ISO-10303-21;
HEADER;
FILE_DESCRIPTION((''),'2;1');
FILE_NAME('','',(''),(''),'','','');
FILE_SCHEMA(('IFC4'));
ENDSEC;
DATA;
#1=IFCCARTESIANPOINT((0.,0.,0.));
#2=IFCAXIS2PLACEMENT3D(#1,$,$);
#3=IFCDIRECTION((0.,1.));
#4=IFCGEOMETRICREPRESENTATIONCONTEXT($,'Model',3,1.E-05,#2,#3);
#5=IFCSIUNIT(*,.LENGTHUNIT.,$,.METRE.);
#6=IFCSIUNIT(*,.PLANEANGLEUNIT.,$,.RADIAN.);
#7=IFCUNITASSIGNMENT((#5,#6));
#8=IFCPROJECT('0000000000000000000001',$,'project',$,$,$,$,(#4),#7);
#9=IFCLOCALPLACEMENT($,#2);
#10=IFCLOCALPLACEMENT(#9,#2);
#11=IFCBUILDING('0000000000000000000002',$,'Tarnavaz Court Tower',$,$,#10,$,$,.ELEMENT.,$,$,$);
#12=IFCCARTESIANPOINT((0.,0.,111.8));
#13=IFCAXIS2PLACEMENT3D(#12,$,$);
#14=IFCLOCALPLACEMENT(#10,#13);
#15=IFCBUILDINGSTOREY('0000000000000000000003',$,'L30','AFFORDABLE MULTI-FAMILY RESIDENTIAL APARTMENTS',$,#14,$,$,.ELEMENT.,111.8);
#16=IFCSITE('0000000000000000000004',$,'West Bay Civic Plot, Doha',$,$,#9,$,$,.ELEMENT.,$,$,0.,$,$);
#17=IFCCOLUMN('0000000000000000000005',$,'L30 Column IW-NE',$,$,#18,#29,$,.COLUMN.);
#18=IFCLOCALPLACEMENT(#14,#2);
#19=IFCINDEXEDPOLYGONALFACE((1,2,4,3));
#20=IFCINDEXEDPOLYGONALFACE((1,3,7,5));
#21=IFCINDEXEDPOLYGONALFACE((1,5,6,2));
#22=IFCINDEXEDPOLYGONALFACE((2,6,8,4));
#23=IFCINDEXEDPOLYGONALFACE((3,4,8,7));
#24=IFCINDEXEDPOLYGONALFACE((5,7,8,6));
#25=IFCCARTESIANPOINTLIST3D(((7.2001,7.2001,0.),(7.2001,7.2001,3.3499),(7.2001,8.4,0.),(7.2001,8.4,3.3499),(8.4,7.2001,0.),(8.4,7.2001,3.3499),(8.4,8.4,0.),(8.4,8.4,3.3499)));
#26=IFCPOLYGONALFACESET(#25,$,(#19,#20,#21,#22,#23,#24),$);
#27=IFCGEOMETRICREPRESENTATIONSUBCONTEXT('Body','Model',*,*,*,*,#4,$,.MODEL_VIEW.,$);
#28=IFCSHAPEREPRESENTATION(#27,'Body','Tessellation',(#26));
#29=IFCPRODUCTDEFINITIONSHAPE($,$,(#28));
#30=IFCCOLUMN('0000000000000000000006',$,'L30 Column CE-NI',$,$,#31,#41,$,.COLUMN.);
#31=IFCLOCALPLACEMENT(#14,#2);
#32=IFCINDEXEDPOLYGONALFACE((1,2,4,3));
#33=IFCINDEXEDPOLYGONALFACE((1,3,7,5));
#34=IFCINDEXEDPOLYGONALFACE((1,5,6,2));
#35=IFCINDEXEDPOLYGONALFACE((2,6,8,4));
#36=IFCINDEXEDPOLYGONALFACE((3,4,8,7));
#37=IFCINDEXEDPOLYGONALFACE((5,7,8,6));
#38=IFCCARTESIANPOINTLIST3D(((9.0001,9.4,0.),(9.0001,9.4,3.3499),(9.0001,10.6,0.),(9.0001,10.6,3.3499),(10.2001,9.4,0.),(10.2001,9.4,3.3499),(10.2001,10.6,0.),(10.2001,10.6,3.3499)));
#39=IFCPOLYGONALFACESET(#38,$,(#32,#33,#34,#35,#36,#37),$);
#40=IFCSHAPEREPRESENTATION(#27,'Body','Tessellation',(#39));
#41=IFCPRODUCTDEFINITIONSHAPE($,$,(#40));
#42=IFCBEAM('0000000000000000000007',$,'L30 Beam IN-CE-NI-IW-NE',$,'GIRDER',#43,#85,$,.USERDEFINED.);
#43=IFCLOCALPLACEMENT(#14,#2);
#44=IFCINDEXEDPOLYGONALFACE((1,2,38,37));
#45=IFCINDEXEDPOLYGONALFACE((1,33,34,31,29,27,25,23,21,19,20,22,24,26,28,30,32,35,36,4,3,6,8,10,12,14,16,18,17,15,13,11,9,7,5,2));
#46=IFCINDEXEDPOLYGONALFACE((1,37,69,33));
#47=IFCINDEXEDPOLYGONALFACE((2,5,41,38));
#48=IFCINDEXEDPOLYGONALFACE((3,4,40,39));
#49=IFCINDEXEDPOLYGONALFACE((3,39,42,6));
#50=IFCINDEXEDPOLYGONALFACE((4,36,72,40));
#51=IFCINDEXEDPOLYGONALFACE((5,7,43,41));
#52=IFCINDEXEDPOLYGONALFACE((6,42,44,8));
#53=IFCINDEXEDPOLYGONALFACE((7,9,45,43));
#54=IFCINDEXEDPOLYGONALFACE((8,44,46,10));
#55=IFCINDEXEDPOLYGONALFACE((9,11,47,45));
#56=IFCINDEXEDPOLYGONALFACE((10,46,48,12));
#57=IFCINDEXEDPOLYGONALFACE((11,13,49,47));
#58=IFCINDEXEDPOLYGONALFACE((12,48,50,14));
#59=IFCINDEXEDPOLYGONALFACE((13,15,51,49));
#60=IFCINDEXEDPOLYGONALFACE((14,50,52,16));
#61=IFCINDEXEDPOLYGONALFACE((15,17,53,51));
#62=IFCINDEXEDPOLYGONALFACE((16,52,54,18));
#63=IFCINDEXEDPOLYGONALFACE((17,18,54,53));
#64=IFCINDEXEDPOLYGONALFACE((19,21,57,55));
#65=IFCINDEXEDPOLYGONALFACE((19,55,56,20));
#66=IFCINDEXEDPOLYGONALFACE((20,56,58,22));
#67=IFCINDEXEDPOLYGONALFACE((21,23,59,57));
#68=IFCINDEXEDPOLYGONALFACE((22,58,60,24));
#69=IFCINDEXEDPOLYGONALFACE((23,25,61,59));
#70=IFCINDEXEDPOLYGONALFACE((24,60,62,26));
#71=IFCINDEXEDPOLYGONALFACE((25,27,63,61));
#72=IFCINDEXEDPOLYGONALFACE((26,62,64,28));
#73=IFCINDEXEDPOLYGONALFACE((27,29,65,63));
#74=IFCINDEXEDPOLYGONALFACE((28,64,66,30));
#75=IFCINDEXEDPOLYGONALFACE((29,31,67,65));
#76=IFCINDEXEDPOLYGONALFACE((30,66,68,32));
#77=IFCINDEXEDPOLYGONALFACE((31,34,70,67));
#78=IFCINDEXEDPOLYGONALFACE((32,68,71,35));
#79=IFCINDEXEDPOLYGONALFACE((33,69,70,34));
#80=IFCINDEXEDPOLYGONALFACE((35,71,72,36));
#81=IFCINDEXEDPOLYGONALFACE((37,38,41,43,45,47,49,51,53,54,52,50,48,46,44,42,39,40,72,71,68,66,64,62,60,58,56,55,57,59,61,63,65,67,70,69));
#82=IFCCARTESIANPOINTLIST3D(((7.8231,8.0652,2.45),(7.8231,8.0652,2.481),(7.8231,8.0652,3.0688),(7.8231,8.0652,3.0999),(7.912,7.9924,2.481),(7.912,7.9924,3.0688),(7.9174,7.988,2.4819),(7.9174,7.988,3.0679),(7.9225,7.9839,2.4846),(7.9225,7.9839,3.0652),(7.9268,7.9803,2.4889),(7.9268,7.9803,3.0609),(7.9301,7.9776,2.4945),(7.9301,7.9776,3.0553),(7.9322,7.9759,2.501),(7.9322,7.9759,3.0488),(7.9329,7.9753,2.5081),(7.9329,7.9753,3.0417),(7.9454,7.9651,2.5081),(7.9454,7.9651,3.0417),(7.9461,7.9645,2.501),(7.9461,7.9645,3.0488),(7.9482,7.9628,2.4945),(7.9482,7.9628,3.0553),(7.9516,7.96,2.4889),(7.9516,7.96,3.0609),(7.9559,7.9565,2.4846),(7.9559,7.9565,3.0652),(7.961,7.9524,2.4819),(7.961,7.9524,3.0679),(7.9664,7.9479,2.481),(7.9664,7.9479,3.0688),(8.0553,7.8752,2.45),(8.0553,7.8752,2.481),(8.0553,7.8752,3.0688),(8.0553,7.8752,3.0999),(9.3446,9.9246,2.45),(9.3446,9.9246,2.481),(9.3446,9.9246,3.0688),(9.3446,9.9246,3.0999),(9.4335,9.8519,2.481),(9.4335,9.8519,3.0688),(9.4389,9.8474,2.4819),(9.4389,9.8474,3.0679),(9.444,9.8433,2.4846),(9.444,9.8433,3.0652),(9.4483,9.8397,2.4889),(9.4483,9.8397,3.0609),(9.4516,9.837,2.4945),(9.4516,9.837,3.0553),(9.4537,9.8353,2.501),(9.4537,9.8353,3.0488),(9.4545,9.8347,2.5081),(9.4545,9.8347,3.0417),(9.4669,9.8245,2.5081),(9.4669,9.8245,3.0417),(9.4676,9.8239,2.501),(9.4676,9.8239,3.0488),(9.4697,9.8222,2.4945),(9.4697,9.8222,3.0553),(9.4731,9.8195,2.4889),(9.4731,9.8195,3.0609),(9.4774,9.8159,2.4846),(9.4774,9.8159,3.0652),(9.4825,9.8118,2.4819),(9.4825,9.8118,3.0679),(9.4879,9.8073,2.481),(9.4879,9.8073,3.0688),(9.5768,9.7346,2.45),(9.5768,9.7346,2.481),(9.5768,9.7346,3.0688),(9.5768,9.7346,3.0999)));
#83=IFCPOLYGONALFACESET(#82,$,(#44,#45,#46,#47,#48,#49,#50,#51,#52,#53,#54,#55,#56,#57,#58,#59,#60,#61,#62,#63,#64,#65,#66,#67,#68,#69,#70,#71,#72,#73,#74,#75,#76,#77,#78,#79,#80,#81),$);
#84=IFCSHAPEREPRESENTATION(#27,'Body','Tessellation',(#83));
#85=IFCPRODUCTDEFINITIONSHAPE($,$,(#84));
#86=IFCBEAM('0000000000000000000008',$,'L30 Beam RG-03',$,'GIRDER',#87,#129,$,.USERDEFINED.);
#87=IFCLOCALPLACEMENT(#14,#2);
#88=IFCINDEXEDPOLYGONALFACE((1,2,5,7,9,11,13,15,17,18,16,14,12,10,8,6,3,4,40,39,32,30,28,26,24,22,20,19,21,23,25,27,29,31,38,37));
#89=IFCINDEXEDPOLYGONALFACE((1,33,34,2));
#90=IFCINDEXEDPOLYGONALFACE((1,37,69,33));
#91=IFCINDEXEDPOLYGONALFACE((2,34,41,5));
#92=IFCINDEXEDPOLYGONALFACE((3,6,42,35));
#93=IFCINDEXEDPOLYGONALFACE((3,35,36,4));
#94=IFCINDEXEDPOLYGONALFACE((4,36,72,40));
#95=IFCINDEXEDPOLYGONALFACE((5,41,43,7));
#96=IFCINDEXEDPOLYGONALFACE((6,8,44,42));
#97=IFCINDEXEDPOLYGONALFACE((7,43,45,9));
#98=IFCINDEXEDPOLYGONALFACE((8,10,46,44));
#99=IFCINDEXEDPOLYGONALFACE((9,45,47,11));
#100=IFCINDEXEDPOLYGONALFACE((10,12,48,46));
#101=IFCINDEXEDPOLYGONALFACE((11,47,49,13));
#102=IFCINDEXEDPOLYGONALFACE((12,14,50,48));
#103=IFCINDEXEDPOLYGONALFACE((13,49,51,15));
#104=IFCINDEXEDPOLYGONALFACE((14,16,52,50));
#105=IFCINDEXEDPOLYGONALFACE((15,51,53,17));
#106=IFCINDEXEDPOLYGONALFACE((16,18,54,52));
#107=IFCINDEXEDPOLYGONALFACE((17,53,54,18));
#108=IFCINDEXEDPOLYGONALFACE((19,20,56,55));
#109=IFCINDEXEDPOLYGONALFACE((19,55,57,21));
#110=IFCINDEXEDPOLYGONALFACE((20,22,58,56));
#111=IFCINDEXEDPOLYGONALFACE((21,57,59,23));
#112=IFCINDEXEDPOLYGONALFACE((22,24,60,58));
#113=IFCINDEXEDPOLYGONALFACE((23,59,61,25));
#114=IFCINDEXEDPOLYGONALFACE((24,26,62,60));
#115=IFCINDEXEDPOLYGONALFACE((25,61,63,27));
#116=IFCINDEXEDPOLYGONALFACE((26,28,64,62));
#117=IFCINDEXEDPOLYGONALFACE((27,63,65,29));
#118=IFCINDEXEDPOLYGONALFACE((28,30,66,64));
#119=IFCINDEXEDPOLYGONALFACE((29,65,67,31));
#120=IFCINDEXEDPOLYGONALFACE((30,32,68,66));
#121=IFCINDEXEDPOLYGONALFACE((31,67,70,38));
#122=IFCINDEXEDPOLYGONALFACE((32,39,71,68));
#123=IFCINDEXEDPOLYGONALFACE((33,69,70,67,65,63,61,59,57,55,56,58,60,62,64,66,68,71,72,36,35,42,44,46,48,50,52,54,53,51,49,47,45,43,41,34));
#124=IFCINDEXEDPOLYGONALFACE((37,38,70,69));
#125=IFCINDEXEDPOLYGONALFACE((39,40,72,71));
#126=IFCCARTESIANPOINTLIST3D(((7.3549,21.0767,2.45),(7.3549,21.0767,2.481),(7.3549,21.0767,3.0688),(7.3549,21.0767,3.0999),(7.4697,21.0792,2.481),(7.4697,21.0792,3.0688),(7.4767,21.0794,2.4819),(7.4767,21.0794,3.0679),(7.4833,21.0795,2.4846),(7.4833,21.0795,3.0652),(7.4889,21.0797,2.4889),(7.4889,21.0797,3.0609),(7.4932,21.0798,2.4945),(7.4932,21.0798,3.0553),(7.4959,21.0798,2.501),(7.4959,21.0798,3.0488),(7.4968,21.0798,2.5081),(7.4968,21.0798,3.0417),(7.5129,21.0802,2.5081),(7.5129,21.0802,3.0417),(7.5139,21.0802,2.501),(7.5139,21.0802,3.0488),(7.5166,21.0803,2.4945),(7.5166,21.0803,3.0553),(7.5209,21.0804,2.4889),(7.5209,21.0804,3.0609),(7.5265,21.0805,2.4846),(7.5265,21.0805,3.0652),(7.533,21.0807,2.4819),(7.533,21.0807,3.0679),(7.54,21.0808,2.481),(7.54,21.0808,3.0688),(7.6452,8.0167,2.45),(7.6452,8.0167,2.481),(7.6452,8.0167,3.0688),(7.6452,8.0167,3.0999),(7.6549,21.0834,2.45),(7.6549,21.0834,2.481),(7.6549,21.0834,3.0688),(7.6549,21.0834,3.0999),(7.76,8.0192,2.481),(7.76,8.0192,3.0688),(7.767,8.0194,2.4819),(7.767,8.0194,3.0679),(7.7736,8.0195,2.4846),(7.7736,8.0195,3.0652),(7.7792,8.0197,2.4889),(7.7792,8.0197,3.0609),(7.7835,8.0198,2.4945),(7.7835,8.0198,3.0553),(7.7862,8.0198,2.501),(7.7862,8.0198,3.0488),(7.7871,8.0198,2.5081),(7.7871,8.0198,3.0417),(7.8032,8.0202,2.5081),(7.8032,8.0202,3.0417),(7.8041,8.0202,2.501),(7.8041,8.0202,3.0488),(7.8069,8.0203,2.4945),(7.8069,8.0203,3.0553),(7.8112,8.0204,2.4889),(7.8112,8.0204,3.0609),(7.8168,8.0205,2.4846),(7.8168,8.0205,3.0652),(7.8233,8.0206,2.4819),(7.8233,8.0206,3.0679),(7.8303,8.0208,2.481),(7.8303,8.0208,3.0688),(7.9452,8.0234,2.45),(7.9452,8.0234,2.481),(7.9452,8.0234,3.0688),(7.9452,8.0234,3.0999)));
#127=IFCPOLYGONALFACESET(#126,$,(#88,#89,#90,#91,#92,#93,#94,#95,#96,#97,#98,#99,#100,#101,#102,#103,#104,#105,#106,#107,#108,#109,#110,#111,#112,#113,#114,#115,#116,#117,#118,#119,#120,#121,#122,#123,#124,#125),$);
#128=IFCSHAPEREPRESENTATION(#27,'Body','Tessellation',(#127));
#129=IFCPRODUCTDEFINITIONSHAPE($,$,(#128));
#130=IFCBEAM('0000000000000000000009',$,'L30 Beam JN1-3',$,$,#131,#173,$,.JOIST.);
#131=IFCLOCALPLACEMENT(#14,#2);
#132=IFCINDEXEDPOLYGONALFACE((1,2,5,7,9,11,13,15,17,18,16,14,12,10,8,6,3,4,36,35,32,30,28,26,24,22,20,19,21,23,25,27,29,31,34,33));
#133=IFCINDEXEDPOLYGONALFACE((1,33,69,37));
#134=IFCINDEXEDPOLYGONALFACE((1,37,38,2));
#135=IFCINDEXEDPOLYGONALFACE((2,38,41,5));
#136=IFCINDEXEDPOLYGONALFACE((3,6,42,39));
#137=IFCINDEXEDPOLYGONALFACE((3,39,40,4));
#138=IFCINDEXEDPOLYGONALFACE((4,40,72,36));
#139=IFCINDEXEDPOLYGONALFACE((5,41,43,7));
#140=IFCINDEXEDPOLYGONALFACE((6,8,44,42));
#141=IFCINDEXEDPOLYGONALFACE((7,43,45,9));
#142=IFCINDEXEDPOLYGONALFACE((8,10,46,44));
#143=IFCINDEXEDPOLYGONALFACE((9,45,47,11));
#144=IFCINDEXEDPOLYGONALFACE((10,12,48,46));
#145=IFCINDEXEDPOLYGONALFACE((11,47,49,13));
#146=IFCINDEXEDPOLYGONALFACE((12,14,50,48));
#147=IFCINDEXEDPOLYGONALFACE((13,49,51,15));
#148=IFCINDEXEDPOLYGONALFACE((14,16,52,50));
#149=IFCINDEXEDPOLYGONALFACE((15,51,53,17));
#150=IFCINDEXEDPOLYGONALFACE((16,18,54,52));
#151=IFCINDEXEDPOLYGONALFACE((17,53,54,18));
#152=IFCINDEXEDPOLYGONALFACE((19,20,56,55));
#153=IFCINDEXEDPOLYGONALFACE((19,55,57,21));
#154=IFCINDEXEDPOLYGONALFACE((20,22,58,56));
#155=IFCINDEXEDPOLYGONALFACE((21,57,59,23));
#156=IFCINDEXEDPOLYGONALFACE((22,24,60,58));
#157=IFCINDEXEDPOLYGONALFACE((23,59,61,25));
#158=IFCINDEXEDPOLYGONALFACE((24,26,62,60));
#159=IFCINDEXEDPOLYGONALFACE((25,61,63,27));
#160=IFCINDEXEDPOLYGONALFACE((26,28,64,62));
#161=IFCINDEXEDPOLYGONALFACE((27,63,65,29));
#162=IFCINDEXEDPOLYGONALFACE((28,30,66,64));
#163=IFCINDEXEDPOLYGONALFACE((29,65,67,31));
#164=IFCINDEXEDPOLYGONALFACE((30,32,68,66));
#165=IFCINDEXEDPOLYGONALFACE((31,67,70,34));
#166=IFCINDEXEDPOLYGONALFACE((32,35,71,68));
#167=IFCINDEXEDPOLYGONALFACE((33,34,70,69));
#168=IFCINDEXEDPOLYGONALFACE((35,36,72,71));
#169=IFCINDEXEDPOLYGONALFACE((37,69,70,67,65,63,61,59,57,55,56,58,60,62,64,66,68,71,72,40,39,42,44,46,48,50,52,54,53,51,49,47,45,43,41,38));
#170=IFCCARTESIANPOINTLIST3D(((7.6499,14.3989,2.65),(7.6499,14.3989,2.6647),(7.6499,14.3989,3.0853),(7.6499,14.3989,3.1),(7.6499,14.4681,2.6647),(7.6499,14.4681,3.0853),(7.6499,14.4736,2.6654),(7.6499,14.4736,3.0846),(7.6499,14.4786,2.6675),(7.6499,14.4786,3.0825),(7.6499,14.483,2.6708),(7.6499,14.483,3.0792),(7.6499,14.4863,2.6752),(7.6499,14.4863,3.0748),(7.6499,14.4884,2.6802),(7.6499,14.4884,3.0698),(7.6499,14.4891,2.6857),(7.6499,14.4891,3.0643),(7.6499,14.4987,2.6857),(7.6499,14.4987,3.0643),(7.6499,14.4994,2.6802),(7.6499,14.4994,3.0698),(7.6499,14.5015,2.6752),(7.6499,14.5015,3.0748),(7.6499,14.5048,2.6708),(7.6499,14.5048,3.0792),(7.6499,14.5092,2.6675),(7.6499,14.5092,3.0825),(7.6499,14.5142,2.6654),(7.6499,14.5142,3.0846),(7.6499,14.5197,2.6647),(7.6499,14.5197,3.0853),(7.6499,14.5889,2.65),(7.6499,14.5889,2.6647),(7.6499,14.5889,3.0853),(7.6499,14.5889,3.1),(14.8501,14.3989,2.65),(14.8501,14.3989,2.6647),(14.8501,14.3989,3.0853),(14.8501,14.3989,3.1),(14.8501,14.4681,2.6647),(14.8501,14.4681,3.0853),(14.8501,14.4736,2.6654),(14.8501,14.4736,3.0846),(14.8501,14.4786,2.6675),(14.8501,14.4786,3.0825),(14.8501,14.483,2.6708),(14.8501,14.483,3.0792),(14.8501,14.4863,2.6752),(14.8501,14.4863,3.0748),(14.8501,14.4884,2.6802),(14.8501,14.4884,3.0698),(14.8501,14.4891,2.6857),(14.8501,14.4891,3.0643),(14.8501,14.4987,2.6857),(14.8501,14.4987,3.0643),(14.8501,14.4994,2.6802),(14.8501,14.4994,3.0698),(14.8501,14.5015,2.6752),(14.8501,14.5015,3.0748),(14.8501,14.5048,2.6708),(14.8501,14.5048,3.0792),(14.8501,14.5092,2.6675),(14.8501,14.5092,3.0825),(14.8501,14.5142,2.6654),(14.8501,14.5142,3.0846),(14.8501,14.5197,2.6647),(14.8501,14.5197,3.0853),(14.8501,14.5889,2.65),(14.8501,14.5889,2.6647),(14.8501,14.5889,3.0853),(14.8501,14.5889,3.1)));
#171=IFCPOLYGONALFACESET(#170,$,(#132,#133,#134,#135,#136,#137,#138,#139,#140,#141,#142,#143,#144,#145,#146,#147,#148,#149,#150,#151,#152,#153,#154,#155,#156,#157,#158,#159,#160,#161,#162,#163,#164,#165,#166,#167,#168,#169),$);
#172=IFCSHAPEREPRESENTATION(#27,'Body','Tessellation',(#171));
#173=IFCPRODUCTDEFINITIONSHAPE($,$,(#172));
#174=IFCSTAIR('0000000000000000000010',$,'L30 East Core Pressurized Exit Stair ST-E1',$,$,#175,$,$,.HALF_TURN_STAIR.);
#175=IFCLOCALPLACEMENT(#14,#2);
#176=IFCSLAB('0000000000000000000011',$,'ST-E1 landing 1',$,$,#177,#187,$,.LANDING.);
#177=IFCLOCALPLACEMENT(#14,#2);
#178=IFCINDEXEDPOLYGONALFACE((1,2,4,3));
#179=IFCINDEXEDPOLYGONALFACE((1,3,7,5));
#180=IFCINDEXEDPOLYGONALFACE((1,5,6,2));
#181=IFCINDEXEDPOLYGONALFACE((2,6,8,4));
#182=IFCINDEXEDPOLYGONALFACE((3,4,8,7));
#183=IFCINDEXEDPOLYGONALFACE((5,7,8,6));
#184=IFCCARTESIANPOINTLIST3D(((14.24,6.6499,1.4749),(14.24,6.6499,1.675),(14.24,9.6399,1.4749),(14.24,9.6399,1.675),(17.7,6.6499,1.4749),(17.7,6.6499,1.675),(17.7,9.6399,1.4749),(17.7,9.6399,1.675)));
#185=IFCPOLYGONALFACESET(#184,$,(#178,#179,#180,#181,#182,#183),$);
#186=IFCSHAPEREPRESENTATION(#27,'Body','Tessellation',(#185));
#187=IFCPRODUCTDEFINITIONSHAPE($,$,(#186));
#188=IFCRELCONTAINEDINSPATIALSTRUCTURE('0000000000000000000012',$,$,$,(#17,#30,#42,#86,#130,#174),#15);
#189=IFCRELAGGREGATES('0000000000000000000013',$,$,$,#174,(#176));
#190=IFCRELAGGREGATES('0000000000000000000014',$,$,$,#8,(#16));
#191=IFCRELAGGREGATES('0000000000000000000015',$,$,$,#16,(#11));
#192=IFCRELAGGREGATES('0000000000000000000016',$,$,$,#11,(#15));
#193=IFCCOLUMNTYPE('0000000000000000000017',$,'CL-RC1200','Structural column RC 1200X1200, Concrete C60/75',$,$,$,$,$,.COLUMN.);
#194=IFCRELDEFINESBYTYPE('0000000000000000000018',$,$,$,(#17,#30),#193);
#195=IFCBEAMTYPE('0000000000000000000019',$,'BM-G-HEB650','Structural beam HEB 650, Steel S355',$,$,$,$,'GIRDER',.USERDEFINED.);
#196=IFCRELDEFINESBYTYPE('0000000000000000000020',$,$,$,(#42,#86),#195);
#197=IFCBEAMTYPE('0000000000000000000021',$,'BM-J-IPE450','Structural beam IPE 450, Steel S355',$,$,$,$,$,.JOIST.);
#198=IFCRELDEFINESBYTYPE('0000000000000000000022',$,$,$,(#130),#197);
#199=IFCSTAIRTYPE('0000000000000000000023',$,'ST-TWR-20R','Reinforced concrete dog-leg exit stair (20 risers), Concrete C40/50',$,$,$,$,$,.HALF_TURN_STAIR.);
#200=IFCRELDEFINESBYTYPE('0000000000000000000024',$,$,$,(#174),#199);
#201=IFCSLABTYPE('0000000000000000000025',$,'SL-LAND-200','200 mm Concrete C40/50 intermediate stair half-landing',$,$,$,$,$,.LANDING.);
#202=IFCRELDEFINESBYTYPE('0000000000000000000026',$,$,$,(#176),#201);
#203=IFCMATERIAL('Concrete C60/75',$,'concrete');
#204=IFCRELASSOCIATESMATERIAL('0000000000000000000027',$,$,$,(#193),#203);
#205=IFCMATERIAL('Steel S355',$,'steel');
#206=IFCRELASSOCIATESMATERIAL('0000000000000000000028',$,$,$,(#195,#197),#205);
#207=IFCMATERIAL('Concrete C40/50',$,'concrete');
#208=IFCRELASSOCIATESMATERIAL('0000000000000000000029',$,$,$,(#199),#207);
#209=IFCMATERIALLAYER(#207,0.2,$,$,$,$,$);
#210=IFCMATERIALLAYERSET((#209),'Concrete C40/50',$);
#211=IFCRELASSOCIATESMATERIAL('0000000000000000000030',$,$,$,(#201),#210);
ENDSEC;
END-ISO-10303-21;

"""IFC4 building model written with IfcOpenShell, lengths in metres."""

from ifc_helpers import new_model, si_unit, direction, frame, origin, origin_2d, place, context, subcontext, project, spatial, polyline, rectangle, i_section, outline, extrude, material, layer, layer_set, material_profile, profile_set, type_object, element, aggregate, save


model = new_model("IFC4")

# Units and contexts
model_context = context("Model", 3, precision=1e-05, world=origin(), true_north=direction((0.0, 1.0)))
body_context = subcontext(model_context, "Body", "Model", "MODEL_VIEW")
ifc_project = project(units=[si_unit("LENGTHUNIT", "METRE"), si_unit("PLANEANGLEUNIT", "RADIAN")], contexts=[model_context])

# Site, building, storey
site_placement = place(None, origin())
site = spatial("IfcSite", under=ifc_project, at=site_placement, Name="West Bay Civic Plot, Doha", CompositionType="ELEMENT", RefElevation=0.0)
building_placement = place(site_placement, origin())
building = spatial("IfcBuilding", under=site, at=building_placement, Name="Tarnavaz Court Tower", CompositionType="ELEMENT")
storey_placement = place(building_placement, frame((0.0, 0.0, 111.8)))
storey = spatial("IfcBuildingStorey", under=building, at=storey_placement, Name="L30", Description="AFFORDABLE MULTI-FAMILY RESIDENTIAL APARTMENTS", CompositionType="ELEMENT", Elevation=111.8)

# Columns
ifc_material_1 = material(Name="Concrete C60/75", Category="concrete")
ifc_material_profile_1 = material_profile(ifc_material_1, rectangle(XDim=1.2, YDim=1.2, at=origin_2d()), Name="RC 1200X1200")
ifc_profile_set_1 = profile_set([ifc_material_profile_1], Name="Concrete C60/75")
column_type = type_object("IfcColumnType", Name="CL-RC1200", Description="Structural column RC 1200X1200, Concrete C60/75", PredefinedType="COLUMN", material=ifc_profile_set_1)
for number, where, z_axis, x_axis, name in (
    (1, (7.8, 7.8, 0.0), (0.0, 0.0, 1.0), (1.0, 0.0, 0.0), "L30 Column IW-NE"),
    (2, (9.6001, 10.0, 0.0), (0.0, 0.0, 1.0), (1.0, 0.0, 0.0), "L30 Column CE-NI"),
):
    element("IfcColumn", number, at=place(storey_placement, frame(where, z_axis=z_axis, x_axis=x_axis)), inside=storey, type_object=column_type, Name=name, PredefinedType="COLUMN", context=body_context, shape_type="SweptSolid", body=[
        extrude(rectangle(XDim=1.2, YDim=1.2, at=origin_2d()), origin(), (0.0, 0.0, 1.0), 3.3499),
    ])

# Beams
ifc_material_2 = material(Name="Steel S355", Category="steel")
ifc_material_profile_2 = material_profile(ifc_material_2, i_section(OverallWidth=0.3, OverallDepth=0.6499, WebThickness=0.0161, FlangeThickness=0.031, FilletRadius=0.0271, at=origin_2d()), Name="HEB 650")
ifc_profile_set_2 = profile_set([ifc_material_profile_2], Name="Steel S355")
beam_type_1 = type_object("IfcBeamType", Name="BM-G-HEB650", Description="Structural beam HEB 650, Steel S355", ElementType="GIRDER", PredefinedType="USERDEFINED", material=ifc_profile_set_2)
beam_1_placement = place(storey_placement, frame((9.4607, 9.8296, 2.7749), z_axis=(-0.633282, -0.773921, 0.0), x_axis=(0.773921, -0.633282, 0.0)))
element("IfcBeam", 3, at=beam_1_placement, inside=storey, type_object=beam_type_1, Name="L30 Beam IN-CE-NI-IW-NE", ObjectType="GIRDER", PredefinedType="USERDEFINED", context=body_context, shape_type="SweptSolid", body=[
    extrude(i_section(OverallWidth=0.3, OverallDepth=0.6499, WebThickness=0.0161, FlangeThickness=0.031, FilletRadius=0.0271, at=origin_2d()), origin(), (0.0, 0.0, 1.0), 2.4026),
])
beam_2_placement = place(storey_placement, frame((7.7952, 8.02, 2.7749), z_axis=(-0.022221, 0.999753, 0.0), x_axis=(-0.999753, -0.022221, 0.0)))
element("IfcBeam", 4, at=beam_2_placement, inside=storey, type_object=beam_type_1, Name="L30 Beam RG-03", ObjectType="GIRDER", PredefinedType="USERDEFINED", context=body_context, shape_type="SweptSolid", body=[
    extrude(i_section(OverallWidth=0.3, OverallDepth=0.6499, WebThickness=0.0161, FlangeThickness=0.031, FilletRadius=0.0271, at=origin_2d()), origin(), (0.0, 0.0, 1.0), 13.0632),
])
ifc_material_profile_3 = material_profile(ifc_material_2, i_section(OverallWidth=0.1899, OverallDepth=0.45, WebThickness=0.0095, FlangeThickness=0.0146, FilletRadius=0.021, at=origin_2d()), Name="IPE 450")
ifc_profile_set_3 = profile_set([ifc_material_profile_3], Name="Steel S355")
beam_type_2 = type_object("IfcBeamType", Name="BM-J-IPE450", Description="Structural beam IPE 450, Steel S355", PredefinedType="JOIST", material=ifc_profile_set_3)
beam_3_placement = place(storey_placement, frame((7.6499, 14.4939, 2.875), z_axis=(1.0, 0.0, 0.0), x_axis=(0.0, 1.0, 0.0)))
element("IfcBeam", 5, at=beam_3_placement, inside=storey, type_object=beam_type_2, Name="L30 Beam JN1-3", PredefinedType="JOIST", context=body_context, shape_type="SweptSolid", body=[
    extrude(i_section(OverallWidth=0.1899, OverallDepth=0.45, WebThickness=0.0095, FlangeThickness=0.0146, FilletRadius=0.021, at=origin_2d()), origin(), (0.0, 0.0, 1.0), 7.2002),
])

# Stair, slab
ifc_material_3 = material(Name="Concrete C40/50", Category="concrete")
stair_type = type_object("IfcStairType", Name="ST-TWR-20R", Description="Reinforced concrete dog-leg exit stair (20 risers), Concrete C40/50", PredefinedType="HALF_TURN_STAIR", material=ifc_material_3)
stair_1_placement = place(storey_placement, origin())
stair_1 = element("IfcStair", 6, at=stair_1_placement, inside=storey, type_object=stair_type, Name="L30 East Core Pressurized Exit Stair ST-E1", PredefinedType="HALF_TURN_STAIR")
ifc_layer_1 = layer(ifc_material_3, 0.2)
ifc_layer_set_1 = layer_set([ifc_layer_1], Name="Concrete C40/50")
slab_type = type_object("IfcSlabType", Name="SL-LAND-200", Description="200 mm Concrete C40/50 intermediate stair half-landing", PredefinedType="LANDING", material=ifc_layer_set_1)
slab_1_placement = place(storey_placement, frame((0.0, 0.0, 1.4749)))
slab_1 = element("IfcSlab", 7, at=slab_1_placement, type_object=slab_type, Name="ST-E1 landing 1", PredefinedType="LANDING", context=body_context, shape_type="SweptSolid", body=[
    extrude(outline(polyline([(14.24, 6.6499), (17.7, 6.6499), (17.7, 9.6399), (14.24, 9.6399), (14.24, 6.6499)])), origin(), (0.0, 0.0, 1.0), 0.2002),
])
aggregate(stair_1, [slab_1])

save(model, "model.ifc")
